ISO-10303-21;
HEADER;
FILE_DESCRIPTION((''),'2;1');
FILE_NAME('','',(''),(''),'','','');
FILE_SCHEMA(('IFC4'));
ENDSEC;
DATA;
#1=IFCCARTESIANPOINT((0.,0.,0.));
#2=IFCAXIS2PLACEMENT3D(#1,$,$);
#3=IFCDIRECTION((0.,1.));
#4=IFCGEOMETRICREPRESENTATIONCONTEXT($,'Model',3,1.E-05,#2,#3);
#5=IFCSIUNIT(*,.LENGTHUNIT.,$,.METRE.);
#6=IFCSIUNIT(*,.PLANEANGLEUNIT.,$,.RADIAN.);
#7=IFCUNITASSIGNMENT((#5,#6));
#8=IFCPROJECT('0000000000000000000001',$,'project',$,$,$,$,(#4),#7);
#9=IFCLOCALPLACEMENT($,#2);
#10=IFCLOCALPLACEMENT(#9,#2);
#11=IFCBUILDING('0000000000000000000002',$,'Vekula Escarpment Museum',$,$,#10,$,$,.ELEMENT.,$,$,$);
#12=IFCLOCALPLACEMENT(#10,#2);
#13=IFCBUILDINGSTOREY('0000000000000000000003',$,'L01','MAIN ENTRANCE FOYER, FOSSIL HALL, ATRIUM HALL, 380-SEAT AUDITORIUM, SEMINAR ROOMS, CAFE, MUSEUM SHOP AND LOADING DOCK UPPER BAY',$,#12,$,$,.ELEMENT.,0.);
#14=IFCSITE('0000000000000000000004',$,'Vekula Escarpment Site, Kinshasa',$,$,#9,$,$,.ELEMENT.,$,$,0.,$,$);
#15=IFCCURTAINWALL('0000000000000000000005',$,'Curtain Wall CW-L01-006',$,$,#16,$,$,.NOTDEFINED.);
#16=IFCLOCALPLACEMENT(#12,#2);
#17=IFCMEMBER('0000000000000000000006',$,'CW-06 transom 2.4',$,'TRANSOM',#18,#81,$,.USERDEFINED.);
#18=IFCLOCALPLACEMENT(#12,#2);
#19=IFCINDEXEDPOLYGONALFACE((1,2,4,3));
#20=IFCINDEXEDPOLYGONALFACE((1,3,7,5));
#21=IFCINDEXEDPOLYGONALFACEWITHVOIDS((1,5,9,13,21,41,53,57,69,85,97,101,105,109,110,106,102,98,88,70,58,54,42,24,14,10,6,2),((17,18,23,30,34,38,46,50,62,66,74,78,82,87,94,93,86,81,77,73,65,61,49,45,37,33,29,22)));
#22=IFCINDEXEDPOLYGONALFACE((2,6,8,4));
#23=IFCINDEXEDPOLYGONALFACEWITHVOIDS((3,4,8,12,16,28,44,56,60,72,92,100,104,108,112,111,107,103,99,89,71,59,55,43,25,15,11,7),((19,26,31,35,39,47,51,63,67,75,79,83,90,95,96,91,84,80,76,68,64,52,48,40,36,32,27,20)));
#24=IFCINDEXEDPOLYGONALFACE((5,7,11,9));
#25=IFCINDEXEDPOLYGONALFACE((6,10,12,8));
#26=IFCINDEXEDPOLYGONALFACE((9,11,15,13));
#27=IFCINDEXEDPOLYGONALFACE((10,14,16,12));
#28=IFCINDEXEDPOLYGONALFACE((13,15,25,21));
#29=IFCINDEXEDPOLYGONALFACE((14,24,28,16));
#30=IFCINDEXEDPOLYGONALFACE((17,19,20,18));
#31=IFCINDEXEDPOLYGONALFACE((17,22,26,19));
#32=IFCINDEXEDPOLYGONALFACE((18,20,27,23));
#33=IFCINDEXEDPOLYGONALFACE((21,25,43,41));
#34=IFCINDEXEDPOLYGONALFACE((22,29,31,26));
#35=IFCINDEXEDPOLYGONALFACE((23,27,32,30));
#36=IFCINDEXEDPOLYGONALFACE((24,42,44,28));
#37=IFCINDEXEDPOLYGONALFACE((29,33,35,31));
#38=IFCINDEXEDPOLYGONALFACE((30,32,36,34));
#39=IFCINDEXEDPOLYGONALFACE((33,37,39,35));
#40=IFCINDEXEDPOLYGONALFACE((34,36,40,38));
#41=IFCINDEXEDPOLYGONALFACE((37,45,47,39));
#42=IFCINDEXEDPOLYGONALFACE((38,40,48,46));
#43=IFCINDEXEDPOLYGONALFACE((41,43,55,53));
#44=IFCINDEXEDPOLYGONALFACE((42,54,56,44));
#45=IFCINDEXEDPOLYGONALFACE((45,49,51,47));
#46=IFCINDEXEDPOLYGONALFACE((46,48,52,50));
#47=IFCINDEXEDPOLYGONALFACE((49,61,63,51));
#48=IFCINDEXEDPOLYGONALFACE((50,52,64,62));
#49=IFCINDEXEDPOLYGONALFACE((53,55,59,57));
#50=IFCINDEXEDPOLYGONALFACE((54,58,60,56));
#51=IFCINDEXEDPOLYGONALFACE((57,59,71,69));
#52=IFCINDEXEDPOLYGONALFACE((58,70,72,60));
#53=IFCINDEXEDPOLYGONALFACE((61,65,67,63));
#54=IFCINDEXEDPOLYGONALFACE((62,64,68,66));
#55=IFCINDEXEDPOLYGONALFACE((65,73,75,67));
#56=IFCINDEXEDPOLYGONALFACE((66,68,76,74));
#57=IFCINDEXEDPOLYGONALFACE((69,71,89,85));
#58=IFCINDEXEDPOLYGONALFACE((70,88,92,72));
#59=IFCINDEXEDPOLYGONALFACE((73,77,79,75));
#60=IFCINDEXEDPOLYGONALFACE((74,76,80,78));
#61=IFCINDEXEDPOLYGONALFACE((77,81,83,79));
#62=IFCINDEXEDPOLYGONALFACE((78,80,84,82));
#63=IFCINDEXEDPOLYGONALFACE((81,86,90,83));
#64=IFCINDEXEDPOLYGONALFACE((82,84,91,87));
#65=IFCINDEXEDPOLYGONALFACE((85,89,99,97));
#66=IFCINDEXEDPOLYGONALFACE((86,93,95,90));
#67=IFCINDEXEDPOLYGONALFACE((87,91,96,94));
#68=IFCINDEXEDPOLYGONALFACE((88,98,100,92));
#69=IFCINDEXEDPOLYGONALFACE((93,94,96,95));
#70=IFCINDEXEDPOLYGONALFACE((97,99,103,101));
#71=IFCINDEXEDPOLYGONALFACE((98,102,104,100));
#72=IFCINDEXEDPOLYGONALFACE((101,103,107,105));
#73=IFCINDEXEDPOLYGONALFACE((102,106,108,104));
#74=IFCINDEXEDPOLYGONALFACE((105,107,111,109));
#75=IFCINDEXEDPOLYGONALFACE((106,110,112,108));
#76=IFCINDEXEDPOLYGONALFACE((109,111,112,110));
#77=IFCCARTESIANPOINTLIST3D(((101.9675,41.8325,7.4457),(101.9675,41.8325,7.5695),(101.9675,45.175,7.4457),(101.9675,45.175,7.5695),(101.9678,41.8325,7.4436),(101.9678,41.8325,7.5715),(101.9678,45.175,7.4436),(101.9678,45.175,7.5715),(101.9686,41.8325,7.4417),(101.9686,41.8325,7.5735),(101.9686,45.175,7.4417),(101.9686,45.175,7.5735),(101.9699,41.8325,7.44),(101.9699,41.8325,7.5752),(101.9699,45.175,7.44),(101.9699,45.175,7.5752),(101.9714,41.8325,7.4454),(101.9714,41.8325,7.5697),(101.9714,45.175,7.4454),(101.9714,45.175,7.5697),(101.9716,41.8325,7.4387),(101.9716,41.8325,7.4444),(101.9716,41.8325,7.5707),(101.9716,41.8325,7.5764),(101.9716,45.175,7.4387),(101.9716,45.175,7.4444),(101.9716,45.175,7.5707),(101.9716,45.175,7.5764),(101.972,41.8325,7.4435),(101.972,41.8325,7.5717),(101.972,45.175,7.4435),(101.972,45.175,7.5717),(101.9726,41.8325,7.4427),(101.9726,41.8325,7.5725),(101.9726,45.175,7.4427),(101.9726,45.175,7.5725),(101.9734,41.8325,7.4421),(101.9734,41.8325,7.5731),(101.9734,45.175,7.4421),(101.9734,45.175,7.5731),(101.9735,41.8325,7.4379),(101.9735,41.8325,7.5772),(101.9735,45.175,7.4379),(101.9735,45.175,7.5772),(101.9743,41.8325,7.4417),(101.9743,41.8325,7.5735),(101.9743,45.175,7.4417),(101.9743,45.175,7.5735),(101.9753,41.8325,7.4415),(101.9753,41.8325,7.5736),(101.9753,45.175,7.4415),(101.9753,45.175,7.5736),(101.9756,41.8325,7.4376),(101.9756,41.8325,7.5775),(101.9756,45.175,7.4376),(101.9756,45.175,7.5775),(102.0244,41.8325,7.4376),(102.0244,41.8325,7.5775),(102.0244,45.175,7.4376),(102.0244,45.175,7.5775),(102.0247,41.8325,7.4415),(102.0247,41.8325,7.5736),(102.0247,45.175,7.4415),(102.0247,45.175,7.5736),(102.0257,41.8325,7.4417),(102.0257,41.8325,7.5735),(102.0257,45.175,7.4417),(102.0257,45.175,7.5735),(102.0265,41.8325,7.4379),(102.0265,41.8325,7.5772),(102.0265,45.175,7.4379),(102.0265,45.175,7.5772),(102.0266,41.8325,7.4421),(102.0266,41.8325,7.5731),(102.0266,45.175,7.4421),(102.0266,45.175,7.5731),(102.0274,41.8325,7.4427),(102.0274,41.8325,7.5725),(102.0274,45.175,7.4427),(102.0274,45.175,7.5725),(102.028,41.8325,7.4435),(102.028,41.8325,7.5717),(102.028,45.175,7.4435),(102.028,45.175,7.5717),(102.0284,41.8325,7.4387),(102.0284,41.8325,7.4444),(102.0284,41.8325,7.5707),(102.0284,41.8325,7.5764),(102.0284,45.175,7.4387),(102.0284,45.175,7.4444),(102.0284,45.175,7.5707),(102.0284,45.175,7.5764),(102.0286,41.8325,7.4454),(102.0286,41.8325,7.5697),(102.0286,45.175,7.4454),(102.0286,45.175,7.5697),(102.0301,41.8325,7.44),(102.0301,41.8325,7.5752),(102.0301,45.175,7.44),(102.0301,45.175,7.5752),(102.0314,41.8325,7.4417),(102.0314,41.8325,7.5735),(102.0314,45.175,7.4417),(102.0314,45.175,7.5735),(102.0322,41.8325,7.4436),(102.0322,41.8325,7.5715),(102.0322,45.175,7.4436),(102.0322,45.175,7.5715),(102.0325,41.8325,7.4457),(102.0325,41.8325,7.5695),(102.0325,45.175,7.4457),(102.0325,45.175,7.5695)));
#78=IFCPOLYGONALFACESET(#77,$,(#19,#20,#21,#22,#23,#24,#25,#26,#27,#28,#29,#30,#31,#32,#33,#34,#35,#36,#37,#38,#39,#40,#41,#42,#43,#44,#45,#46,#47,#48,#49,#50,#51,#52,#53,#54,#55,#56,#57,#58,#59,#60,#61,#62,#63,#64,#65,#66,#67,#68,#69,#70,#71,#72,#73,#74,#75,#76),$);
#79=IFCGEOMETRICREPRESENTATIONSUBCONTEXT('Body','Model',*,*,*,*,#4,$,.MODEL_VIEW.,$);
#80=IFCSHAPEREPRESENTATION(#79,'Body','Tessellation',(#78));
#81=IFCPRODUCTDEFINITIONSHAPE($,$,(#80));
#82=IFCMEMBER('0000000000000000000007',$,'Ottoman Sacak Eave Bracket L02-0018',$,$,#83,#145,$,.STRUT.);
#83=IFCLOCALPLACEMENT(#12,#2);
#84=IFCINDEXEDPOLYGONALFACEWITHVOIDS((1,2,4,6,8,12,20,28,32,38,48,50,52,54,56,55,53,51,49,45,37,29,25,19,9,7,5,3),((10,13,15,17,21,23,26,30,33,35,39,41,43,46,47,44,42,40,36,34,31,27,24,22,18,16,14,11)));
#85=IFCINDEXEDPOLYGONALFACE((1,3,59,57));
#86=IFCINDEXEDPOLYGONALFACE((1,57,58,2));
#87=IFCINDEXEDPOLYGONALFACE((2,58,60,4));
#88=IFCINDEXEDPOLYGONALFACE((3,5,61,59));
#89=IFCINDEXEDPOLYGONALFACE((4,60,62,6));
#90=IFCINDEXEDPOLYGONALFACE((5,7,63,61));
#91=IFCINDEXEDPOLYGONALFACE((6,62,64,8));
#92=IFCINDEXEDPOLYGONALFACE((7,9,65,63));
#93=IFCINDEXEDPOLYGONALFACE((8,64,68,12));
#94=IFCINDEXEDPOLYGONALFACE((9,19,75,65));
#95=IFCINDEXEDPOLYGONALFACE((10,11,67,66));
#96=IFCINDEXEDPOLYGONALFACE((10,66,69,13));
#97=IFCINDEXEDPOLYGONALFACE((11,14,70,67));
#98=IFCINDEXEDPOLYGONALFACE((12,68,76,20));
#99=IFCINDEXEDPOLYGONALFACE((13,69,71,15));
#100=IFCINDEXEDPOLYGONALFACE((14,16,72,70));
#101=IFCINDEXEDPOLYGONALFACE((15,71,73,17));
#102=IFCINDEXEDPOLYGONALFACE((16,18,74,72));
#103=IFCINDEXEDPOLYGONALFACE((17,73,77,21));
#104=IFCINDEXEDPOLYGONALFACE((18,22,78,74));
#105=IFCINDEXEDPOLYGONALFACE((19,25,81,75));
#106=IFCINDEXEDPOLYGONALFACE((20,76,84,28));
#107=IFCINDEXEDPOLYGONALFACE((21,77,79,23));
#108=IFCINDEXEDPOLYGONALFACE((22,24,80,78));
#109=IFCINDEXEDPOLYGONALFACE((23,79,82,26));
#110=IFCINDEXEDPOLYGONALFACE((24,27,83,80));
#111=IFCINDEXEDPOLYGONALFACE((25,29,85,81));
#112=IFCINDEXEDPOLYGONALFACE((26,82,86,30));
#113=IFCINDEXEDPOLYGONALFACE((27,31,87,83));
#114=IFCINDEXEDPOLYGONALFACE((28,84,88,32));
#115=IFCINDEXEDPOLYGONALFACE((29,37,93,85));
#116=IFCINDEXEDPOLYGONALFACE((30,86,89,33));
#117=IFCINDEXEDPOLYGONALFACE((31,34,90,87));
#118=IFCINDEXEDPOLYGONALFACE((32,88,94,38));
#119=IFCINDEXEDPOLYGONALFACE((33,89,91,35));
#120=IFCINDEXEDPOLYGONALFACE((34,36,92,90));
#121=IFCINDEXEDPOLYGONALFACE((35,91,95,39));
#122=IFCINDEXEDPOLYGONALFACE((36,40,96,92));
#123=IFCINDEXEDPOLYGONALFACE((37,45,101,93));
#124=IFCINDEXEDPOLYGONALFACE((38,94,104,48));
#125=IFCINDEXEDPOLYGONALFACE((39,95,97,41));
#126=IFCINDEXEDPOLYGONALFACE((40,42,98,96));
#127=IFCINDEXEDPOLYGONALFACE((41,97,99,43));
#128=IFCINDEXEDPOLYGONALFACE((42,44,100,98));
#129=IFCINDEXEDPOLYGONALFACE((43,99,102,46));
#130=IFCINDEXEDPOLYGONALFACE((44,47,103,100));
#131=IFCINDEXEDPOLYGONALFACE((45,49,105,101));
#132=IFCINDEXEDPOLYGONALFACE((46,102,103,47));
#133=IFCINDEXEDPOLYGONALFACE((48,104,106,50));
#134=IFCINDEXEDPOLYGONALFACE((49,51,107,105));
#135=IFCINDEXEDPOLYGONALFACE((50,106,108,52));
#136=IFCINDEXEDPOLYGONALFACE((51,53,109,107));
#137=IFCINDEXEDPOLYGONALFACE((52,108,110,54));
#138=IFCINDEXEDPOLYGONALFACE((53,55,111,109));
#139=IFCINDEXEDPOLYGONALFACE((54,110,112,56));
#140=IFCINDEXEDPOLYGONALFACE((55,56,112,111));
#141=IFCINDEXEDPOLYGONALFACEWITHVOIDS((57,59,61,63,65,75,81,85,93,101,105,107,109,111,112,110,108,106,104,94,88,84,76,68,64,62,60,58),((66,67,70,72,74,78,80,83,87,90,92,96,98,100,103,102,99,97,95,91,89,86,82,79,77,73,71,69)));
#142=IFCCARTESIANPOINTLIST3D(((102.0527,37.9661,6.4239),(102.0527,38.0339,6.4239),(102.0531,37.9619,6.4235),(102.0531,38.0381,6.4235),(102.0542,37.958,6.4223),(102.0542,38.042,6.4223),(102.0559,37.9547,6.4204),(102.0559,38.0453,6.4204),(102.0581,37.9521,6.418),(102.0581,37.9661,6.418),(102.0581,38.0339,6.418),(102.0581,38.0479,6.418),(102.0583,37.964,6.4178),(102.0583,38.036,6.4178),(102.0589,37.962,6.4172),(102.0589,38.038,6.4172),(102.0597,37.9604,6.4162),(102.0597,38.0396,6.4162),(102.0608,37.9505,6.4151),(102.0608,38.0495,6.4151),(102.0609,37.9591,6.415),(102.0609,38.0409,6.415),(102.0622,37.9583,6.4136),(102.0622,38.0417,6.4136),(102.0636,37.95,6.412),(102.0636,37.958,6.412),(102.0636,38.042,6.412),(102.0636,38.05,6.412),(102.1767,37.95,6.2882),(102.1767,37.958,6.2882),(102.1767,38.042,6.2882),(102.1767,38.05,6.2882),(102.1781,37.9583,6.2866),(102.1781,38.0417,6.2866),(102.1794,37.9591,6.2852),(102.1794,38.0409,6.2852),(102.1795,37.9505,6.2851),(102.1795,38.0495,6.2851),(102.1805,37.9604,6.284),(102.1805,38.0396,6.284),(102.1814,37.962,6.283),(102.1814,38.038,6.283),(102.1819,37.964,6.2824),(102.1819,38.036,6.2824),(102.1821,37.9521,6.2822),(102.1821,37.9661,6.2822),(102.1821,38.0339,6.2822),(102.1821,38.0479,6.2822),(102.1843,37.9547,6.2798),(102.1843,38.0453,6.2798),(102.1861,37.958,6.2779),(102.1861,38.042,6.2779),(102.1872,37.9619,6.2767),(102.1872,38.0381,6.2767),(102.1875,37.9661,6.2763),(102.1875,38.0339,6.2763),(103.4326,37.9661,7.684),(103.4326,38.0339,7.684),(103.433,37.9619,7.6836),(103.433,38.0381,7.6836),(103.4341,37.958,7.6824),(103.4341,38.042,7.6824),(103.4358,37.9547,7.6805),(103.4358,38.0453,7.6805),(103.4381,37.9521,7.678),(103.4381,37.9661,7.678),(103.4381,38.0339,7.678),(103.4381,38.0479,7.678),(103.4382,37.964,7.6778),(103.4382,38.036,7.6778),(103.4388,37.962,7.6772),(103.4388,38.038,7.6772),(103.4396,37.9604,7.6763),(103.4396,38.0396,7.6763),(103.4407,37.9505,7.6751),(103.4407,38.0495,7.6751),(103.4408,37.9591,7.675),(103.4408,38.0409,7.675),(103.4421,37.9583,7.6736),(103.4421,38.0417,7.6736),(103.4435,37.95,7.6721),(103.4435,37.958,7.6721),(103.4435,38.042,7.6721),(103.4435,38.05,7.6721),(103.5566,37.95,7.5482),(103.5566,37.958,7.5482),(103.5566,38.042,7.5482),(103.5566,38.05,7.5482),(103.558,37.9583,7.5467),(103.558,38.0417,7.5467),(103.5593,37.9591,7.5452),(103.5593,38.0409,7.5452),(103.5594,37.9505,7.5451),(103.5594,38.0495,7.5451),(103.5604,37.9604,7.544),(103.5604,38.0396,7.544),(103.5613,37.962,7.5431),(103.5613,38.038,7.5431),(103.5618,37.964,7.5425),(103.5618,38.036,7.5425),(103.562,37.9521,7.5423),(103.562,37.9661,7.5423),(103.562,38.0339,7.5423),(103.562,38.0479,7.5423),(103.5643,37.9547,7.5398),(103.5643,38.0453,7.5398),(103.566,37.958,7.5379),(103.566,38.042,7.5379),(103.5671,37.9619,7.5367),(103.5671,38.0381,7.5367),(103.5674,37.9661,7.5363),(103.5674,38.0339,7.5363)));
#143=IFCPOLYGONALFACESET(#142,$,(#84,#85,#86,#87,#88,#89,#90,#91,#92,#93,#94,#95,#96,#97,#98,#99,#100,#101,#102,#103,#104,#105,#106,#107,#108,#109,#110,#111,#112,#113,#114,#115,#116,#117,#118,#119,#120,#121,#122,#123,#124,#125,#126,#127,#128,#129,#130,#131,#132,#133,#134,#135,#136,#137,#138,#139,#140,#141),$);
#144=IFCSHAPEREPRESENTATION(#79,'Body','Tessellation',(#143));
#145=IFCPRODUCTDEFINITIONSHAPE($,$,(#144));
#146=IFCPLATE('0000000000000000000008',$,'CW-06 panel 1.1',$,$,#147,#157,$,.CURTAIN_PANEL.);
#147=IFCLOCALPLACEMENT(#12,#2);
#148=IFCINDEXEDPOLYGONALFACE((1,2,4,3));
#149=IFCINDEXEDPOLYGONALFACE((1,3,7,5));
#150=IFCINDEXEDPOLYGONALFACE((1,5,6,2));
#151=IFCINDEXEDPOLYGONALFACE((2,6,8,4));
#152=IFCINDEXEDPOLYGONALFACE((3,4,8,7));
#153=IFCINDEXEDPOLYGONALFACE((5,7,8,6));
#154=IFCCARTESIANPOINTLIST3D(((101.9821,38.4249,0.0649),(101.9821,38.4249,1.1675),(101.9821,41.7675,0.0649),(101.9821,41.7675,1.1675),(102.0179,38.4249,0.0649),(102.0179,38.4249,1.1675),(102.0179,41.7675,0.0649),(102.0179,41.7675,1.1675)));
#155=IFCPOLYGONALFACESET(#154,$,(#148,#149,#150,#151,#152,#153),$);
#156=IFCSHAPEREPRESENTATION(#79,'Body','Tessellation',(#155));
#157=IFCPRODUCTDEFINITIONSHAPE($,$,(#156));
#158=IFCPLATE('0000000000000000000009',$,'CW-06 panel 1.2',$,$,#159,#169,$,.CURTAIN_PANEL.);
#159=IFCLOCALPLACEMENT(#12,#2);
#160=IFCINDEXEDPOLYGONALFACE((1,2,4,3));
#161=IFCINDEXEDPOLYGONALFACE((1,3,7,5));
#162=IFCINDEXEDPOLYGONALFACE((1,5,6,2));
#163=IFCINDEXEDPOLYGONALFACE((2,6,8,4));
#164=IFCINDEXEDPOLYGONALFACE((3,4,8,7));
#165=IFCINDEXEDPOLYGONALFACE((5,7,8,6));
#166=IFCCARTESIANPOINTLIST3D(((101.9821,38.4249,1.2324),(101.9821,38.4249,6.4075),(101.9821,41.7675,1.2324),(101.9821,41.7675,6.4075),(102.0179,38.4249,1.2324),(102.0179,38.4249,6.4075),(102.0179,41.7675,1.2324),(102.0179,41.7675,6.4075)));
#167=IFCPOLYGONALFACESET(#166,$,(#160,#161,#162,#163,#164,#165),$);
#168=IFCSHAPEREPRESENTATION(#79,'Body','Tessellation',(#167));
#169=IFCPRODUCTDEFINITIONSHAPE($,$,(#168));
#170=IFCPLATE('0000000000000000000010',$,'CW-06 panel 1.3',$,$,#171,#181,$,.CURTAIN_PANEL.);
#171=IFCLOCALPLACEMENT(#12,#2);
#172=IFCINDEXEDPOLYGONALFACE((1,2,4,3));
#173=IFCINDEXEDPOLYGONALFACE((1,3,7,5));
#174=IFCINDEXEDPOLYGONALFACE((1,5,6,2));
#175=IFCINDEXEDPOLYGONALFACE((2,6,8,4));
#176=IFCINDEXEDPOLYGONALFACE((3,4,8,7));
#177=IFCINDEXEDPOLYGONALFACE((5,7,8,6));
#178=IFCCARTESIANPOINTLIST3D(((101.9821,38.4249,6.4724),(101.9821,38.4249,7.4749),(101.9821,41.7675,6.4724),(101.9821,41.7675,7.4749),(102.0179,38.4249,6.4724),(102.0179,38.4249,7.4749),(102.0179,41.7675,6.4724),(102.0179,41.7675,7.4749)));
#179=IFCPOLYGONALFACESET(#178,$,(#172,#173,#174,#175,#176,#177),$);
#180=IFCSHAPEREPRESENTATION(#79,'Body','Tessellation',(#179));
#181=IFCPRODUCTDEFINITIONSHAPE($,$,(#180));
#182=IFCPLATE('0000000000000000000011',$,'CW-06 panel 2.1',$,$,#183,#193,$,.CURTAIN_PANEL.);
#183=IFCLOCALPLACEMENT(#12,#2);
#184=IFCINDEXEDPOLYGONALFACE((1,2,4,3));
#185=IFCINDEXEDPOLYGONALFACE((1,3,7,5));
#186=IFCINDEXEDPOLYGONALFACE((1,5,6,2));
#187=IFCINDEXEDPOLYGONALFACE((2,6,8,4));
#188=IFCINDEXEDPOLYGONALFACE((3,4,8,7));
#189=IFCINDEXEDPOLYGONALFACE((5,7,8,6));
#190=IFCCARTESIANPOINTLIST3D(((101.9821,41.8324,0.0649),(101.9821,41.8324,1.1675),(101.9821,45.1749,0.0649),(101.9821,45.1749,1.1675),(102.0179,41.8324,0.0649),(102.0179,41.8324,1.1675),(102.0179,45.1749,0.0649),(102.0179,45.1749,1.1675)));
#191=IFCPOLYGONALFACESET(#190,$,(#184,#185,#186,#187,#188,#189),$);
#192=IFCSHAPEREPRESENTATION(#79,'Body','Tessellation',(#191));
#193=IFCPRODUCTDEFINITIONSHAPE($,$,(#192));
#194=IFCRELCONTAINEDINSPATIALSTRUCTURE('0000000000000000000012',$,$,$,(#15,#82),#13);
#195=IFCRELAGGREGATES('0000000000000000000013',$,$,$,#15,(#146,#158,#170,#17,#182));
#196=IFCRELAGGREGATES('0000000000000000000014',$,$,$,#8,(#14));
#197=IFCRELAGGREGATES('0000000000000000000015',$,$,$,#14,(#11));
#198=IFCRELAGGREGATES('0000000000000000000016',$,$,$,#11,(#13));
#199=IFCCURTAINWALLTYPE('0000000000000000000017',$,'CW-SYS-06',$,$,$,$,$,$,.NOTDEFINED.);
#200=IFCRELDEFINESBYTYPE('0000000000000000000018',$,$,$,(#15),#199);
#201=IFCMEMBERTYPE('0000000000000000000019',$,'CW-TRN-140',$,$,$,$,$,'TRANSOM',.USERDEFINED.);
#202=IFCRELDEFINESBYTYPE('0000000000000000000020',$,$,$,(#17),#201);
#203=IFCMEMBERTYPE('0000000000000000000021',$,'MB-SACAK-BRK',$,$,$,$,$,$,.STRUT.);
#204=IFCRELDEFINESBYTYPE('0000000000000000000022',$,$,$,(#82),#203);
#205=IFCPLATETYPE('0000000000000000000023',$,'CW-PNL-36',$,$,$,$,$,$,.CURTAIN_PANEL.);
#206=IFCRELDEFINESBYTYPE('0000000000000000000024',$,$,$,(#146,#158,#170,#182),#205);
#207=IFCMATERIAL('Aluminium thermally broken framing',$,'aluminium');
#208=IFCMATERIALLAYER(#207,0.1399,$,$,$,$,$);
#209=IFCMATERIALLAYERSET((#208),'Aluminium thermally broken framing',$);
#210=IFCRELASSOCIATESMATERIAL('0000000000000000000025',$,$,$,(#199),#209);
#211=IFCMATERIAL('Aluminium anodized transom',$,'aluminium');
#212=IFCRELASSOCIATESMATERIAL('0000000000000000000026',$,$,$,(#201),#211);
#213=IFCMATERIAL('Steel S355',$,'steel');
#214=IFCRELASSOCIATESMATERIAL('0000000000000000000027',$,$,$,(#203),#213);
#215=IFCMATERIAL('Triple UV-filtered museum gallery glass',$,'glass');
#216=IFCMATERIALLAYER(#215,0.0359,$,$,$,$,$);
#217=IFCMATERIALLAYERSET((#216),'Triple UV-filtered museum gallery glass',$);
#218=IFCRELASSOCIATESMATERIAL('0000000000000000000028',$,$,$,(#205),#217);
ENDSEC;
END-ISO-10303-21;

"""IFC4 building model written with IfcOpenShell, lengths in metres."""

from ifc_helpers import new_model, si_unit, direction, frame, origin, origin_2d, place, context, subcontext, project, spatial, rectangle, hollow_rectangle, extrude, material, layer, layer_set, material_profile, profile_set, type_object, element, aggregate, save


model = new_model("IFC4")

# Units and contexts
model_context = context("Model", 3, precision=1e-05, world=origin(), true_north=direction((0.0, 1.0)))
body_context = subcontext(model_context, "Body", "Model", "MODEL_VIEW")
ifc_project = project(units=[si_unit("LENGTHUNIT", "METRE"), si_unit("PLANEANGLEUNIT", "RADIAN")], contexts=[model_context])

# Site, building, storey
site_placement = place(None, origin())
site = spatial("IfcSite", under=ifc_project, at=site_placement, Name="Vekula Escarpment Site, Kinshasa", CompositionType="ELEMENT", RefElevation=0.0)
building_placement = place(site_placement, origin())
building = spatial("IfcBuilding", under=site, at=building_placement, Name="Vekula Escarpment Museum", CompositionType="ELEMENT")
storey_placement = place(building_placement, origin())
storey = spatial("IfcBuildingStorey", under=building, at=storey_placement, Name="L01", Description="MAIN ENTRANCE FOYER, FOSSIL HALL, ATRIUM HALL, 380-SEAT AUDITORIUM, SEMINAR ROOMS, CAFE, MUSEUM SHOP AND LOADING DOCK UPPER BAY", CompositionType="ELEMENT", Elevation=0.0)

# Curtain wall, member
ifc_material_1 = material(Name="Aluminium thermally broken framing", Category="aluminium")
ifc_layer_1 = layer(ifc_material_1, 0.1399)
ifc_layer_set_1 = layer_set([ifc_layer_1], Name="Aluminium thermally broken framing")
curtain_wall_type = type_object("IfcCurtainWallType", Name="CW-SYS-06", PredefinedType="NOTDEFINED", material=ifc_layer_set_1)
curtain_wall_placement = place(storey_placement, origin())
curtain_wall = element("IfcCurtainWall", 1, at=curtain_wall_placement, inside=storey, type_object=curtain_wall_type, Name="Curtain Wall CW-L01-006", PredefinedType="NOTDEFINED")
ifc_material_2 = material(Name="Aluminium anodized transom", Category="aluminium")
ifc_material_profile_1 = material_profile(ifc_material_2, hollow_rectangle(XDim=0.0649, YDim=0.1399, WallThickness=0.0039, InnerFilletRadius=0.0039, OuterFilletRadius=0.0081, at=origin_2d()), Name="ALU 140x65x4")
ifc_profile_set_1 = profile_set([ifc_material_profile_1], Name="Aluminium anodized transom")
member_type_1 = type_object("IfcMemberType", Name="CW-TRN-140", ElementType="TRANSOM", PredefinedType="USERDEFINED", material=ifc_profile_set_1)
member_1_placement = place(storey_placement, frame((102.0, 41.8325, 7.5076), z_axis=(0.0, 1.0, 0.0), x_axis=(-1.0, 0.0, 0.0)))
member_1 = element("IfcMember", 2, at=member_1_placement, type_object=member_type_1, Name="CW-06 transom 2.4", ObjectType="TRANSOM", PredefinedType="USERDEFINED", context=body_context, shape_type="SweptSolid", body=[
    extrude(hollow_rectangle(XDim=0.0649, YDim=0.1399, WallThickness=0.0039, InnerFilletRadius=0.0039, OuterFilletRadius=0.0081, at=origin_2d()), origin(), (0.0, 0.0, 1.0), 3.3425),
])

# Member
ifc_material_3 = material(Name="Steel S355", Category="steel")
ifc_material_profile_2 = material_profile(ifc_material_3, hollow_rectangle(XDim=0.1001, YDim=0.2, WallThickness=0.0081, InnerFilletRadius=0.0081, OuterFilletRadius=0.0161, at=origin_2d()), Name="RHS 200x100x8")
ifc_profile_set_2 = profile_set([ifc_material_profile_2], Name="Steel S355")
member_type_2 = type_object("IfcMemberType", Name="MB-SACAK-BRK", PredefinedType="STRUT", material=ifc_profile_set_2)
member_2_placement = place(storey_placement, frame((102.1201, 38.0, 6.3501), z_axis=(0.738454, 0.0, 0.674303), x_axis=(0.0, 1.0, 0.0)))
element("IfcMember", 3, at=member_2_placement, inside=storey, type_object=member_type_2, Name="Ottoman Sacak Eave Bracket L02-0018", PredefinedType="STRUT", context=body_context, shape_type="SweptSolid", body=[
    extrude(hollow_rectangle(XDim=0.1001, YDim=0.2, WallThickness=0.0081, InnerFilletRadius=0.0081, OuterFilletRadius=0.0161, at=origin_2d()), origin(), (0.0, 0.0, 1.0), 1.8687),
])

# Plates
ifc_material_4 = material(Name="Triple UV-filtered museum gallery glass", Category="glass")
ifc_layer_2 = layer(ifc_material_4, 0.0359)
ifc_layer_set_2 = layer_set([ifc_layer_2], Name="Triple UV-filtered museum gallery glass")
plate_type_1 = type_object("IfcPlateType", Name="CW-PNL-36", PredefinedType="CURTAIN_PANEL", material=ifc_layer_set_2)
plate_1_placement = place(storey_placement, frame((102.0, 40.0962, 0.0649), z_axis=(0.0, 0.0, 1.0), x_axis=(0.0, 1.0, 0.0)))
plate_1 = element("IfcPlate", 4, at=plate_1_placement, type_object=plate_type_1, Name="CW-06 panel 1.1", PredefinedType="CURTAIN_PANEL", context=body_context, shape_type="SweptSolid", body=[
    extrude(rectangle(XDim=3.3425, YDim=0.0359, at=origin_2d()), origin(), (0.0, 0.0, 1.0), 1.1025),
])
plate_2_placement = place(storey_placement, frame((102.0, 40.0962, 1.2324), z_axis=(0.0, 0.0, 1.0), x_axis=(0.0, 1.0, 0.0)))
plate_2 = element("IfcPlate", 5, at=plate_2_placement, type_object=plate_type_1, Name="CW-06 panel 1.2", PredefinedType="CURTAIN_PANEL", context=body_context, shape_type="SweptSolid", body=[
    extrude(rectangle(XDim=3.3425, YDim=0.0359, at=origin_2d()), origin(), (0.0, 0.0, 1.0), 5.175),
])
plate_3_placement = place(storey_placement, frame((102.0, 40.0962, 6.4724), z_axis=(0.0, 0.0, 1.0), x_axis=(0.0, 1.0, 0.0)))
plate_3 = element("IfcPlate", 6, at=plate_3_placement, type_object=plate_type_1, Name="CW-06 panel 1.3", PredefinedType="CURTAIN_PANEL", context=body_context, shape_type="SweptSolid", body=[
    extrude(rectangle(XDim=3.3425, YDim=0.0359, at=origin_2d()), origin(), (0.0, 0.0, 1.0), 1.0024),
])
plate_4_placement = place(storey_placement, frame((102.0, 43.5037, 0.0649), z_axis=(0.0, 0.0, 1.0), x_axis=(0.0, 1.0, 0.0)))
plate_4 = element("IfcPlate", 7, at=plate_4_placement, type_object=plate_type_1, Name="CW-06 panel 2.1", PredefinedType="CURTAIN_PANEL", context=body_context, shape_type="SweptSolid", body=[
    extrude(rectangle(XDim=3.3425, YDim=0.0359, at=origin_2d()), origin(), (0.0, 0.0, 1.0), 1.1025),
])
aggregate(curtain_wall, [plate_1, plate_2, plate_3, member_1, plate_4])

save(model, "model.ifc")
